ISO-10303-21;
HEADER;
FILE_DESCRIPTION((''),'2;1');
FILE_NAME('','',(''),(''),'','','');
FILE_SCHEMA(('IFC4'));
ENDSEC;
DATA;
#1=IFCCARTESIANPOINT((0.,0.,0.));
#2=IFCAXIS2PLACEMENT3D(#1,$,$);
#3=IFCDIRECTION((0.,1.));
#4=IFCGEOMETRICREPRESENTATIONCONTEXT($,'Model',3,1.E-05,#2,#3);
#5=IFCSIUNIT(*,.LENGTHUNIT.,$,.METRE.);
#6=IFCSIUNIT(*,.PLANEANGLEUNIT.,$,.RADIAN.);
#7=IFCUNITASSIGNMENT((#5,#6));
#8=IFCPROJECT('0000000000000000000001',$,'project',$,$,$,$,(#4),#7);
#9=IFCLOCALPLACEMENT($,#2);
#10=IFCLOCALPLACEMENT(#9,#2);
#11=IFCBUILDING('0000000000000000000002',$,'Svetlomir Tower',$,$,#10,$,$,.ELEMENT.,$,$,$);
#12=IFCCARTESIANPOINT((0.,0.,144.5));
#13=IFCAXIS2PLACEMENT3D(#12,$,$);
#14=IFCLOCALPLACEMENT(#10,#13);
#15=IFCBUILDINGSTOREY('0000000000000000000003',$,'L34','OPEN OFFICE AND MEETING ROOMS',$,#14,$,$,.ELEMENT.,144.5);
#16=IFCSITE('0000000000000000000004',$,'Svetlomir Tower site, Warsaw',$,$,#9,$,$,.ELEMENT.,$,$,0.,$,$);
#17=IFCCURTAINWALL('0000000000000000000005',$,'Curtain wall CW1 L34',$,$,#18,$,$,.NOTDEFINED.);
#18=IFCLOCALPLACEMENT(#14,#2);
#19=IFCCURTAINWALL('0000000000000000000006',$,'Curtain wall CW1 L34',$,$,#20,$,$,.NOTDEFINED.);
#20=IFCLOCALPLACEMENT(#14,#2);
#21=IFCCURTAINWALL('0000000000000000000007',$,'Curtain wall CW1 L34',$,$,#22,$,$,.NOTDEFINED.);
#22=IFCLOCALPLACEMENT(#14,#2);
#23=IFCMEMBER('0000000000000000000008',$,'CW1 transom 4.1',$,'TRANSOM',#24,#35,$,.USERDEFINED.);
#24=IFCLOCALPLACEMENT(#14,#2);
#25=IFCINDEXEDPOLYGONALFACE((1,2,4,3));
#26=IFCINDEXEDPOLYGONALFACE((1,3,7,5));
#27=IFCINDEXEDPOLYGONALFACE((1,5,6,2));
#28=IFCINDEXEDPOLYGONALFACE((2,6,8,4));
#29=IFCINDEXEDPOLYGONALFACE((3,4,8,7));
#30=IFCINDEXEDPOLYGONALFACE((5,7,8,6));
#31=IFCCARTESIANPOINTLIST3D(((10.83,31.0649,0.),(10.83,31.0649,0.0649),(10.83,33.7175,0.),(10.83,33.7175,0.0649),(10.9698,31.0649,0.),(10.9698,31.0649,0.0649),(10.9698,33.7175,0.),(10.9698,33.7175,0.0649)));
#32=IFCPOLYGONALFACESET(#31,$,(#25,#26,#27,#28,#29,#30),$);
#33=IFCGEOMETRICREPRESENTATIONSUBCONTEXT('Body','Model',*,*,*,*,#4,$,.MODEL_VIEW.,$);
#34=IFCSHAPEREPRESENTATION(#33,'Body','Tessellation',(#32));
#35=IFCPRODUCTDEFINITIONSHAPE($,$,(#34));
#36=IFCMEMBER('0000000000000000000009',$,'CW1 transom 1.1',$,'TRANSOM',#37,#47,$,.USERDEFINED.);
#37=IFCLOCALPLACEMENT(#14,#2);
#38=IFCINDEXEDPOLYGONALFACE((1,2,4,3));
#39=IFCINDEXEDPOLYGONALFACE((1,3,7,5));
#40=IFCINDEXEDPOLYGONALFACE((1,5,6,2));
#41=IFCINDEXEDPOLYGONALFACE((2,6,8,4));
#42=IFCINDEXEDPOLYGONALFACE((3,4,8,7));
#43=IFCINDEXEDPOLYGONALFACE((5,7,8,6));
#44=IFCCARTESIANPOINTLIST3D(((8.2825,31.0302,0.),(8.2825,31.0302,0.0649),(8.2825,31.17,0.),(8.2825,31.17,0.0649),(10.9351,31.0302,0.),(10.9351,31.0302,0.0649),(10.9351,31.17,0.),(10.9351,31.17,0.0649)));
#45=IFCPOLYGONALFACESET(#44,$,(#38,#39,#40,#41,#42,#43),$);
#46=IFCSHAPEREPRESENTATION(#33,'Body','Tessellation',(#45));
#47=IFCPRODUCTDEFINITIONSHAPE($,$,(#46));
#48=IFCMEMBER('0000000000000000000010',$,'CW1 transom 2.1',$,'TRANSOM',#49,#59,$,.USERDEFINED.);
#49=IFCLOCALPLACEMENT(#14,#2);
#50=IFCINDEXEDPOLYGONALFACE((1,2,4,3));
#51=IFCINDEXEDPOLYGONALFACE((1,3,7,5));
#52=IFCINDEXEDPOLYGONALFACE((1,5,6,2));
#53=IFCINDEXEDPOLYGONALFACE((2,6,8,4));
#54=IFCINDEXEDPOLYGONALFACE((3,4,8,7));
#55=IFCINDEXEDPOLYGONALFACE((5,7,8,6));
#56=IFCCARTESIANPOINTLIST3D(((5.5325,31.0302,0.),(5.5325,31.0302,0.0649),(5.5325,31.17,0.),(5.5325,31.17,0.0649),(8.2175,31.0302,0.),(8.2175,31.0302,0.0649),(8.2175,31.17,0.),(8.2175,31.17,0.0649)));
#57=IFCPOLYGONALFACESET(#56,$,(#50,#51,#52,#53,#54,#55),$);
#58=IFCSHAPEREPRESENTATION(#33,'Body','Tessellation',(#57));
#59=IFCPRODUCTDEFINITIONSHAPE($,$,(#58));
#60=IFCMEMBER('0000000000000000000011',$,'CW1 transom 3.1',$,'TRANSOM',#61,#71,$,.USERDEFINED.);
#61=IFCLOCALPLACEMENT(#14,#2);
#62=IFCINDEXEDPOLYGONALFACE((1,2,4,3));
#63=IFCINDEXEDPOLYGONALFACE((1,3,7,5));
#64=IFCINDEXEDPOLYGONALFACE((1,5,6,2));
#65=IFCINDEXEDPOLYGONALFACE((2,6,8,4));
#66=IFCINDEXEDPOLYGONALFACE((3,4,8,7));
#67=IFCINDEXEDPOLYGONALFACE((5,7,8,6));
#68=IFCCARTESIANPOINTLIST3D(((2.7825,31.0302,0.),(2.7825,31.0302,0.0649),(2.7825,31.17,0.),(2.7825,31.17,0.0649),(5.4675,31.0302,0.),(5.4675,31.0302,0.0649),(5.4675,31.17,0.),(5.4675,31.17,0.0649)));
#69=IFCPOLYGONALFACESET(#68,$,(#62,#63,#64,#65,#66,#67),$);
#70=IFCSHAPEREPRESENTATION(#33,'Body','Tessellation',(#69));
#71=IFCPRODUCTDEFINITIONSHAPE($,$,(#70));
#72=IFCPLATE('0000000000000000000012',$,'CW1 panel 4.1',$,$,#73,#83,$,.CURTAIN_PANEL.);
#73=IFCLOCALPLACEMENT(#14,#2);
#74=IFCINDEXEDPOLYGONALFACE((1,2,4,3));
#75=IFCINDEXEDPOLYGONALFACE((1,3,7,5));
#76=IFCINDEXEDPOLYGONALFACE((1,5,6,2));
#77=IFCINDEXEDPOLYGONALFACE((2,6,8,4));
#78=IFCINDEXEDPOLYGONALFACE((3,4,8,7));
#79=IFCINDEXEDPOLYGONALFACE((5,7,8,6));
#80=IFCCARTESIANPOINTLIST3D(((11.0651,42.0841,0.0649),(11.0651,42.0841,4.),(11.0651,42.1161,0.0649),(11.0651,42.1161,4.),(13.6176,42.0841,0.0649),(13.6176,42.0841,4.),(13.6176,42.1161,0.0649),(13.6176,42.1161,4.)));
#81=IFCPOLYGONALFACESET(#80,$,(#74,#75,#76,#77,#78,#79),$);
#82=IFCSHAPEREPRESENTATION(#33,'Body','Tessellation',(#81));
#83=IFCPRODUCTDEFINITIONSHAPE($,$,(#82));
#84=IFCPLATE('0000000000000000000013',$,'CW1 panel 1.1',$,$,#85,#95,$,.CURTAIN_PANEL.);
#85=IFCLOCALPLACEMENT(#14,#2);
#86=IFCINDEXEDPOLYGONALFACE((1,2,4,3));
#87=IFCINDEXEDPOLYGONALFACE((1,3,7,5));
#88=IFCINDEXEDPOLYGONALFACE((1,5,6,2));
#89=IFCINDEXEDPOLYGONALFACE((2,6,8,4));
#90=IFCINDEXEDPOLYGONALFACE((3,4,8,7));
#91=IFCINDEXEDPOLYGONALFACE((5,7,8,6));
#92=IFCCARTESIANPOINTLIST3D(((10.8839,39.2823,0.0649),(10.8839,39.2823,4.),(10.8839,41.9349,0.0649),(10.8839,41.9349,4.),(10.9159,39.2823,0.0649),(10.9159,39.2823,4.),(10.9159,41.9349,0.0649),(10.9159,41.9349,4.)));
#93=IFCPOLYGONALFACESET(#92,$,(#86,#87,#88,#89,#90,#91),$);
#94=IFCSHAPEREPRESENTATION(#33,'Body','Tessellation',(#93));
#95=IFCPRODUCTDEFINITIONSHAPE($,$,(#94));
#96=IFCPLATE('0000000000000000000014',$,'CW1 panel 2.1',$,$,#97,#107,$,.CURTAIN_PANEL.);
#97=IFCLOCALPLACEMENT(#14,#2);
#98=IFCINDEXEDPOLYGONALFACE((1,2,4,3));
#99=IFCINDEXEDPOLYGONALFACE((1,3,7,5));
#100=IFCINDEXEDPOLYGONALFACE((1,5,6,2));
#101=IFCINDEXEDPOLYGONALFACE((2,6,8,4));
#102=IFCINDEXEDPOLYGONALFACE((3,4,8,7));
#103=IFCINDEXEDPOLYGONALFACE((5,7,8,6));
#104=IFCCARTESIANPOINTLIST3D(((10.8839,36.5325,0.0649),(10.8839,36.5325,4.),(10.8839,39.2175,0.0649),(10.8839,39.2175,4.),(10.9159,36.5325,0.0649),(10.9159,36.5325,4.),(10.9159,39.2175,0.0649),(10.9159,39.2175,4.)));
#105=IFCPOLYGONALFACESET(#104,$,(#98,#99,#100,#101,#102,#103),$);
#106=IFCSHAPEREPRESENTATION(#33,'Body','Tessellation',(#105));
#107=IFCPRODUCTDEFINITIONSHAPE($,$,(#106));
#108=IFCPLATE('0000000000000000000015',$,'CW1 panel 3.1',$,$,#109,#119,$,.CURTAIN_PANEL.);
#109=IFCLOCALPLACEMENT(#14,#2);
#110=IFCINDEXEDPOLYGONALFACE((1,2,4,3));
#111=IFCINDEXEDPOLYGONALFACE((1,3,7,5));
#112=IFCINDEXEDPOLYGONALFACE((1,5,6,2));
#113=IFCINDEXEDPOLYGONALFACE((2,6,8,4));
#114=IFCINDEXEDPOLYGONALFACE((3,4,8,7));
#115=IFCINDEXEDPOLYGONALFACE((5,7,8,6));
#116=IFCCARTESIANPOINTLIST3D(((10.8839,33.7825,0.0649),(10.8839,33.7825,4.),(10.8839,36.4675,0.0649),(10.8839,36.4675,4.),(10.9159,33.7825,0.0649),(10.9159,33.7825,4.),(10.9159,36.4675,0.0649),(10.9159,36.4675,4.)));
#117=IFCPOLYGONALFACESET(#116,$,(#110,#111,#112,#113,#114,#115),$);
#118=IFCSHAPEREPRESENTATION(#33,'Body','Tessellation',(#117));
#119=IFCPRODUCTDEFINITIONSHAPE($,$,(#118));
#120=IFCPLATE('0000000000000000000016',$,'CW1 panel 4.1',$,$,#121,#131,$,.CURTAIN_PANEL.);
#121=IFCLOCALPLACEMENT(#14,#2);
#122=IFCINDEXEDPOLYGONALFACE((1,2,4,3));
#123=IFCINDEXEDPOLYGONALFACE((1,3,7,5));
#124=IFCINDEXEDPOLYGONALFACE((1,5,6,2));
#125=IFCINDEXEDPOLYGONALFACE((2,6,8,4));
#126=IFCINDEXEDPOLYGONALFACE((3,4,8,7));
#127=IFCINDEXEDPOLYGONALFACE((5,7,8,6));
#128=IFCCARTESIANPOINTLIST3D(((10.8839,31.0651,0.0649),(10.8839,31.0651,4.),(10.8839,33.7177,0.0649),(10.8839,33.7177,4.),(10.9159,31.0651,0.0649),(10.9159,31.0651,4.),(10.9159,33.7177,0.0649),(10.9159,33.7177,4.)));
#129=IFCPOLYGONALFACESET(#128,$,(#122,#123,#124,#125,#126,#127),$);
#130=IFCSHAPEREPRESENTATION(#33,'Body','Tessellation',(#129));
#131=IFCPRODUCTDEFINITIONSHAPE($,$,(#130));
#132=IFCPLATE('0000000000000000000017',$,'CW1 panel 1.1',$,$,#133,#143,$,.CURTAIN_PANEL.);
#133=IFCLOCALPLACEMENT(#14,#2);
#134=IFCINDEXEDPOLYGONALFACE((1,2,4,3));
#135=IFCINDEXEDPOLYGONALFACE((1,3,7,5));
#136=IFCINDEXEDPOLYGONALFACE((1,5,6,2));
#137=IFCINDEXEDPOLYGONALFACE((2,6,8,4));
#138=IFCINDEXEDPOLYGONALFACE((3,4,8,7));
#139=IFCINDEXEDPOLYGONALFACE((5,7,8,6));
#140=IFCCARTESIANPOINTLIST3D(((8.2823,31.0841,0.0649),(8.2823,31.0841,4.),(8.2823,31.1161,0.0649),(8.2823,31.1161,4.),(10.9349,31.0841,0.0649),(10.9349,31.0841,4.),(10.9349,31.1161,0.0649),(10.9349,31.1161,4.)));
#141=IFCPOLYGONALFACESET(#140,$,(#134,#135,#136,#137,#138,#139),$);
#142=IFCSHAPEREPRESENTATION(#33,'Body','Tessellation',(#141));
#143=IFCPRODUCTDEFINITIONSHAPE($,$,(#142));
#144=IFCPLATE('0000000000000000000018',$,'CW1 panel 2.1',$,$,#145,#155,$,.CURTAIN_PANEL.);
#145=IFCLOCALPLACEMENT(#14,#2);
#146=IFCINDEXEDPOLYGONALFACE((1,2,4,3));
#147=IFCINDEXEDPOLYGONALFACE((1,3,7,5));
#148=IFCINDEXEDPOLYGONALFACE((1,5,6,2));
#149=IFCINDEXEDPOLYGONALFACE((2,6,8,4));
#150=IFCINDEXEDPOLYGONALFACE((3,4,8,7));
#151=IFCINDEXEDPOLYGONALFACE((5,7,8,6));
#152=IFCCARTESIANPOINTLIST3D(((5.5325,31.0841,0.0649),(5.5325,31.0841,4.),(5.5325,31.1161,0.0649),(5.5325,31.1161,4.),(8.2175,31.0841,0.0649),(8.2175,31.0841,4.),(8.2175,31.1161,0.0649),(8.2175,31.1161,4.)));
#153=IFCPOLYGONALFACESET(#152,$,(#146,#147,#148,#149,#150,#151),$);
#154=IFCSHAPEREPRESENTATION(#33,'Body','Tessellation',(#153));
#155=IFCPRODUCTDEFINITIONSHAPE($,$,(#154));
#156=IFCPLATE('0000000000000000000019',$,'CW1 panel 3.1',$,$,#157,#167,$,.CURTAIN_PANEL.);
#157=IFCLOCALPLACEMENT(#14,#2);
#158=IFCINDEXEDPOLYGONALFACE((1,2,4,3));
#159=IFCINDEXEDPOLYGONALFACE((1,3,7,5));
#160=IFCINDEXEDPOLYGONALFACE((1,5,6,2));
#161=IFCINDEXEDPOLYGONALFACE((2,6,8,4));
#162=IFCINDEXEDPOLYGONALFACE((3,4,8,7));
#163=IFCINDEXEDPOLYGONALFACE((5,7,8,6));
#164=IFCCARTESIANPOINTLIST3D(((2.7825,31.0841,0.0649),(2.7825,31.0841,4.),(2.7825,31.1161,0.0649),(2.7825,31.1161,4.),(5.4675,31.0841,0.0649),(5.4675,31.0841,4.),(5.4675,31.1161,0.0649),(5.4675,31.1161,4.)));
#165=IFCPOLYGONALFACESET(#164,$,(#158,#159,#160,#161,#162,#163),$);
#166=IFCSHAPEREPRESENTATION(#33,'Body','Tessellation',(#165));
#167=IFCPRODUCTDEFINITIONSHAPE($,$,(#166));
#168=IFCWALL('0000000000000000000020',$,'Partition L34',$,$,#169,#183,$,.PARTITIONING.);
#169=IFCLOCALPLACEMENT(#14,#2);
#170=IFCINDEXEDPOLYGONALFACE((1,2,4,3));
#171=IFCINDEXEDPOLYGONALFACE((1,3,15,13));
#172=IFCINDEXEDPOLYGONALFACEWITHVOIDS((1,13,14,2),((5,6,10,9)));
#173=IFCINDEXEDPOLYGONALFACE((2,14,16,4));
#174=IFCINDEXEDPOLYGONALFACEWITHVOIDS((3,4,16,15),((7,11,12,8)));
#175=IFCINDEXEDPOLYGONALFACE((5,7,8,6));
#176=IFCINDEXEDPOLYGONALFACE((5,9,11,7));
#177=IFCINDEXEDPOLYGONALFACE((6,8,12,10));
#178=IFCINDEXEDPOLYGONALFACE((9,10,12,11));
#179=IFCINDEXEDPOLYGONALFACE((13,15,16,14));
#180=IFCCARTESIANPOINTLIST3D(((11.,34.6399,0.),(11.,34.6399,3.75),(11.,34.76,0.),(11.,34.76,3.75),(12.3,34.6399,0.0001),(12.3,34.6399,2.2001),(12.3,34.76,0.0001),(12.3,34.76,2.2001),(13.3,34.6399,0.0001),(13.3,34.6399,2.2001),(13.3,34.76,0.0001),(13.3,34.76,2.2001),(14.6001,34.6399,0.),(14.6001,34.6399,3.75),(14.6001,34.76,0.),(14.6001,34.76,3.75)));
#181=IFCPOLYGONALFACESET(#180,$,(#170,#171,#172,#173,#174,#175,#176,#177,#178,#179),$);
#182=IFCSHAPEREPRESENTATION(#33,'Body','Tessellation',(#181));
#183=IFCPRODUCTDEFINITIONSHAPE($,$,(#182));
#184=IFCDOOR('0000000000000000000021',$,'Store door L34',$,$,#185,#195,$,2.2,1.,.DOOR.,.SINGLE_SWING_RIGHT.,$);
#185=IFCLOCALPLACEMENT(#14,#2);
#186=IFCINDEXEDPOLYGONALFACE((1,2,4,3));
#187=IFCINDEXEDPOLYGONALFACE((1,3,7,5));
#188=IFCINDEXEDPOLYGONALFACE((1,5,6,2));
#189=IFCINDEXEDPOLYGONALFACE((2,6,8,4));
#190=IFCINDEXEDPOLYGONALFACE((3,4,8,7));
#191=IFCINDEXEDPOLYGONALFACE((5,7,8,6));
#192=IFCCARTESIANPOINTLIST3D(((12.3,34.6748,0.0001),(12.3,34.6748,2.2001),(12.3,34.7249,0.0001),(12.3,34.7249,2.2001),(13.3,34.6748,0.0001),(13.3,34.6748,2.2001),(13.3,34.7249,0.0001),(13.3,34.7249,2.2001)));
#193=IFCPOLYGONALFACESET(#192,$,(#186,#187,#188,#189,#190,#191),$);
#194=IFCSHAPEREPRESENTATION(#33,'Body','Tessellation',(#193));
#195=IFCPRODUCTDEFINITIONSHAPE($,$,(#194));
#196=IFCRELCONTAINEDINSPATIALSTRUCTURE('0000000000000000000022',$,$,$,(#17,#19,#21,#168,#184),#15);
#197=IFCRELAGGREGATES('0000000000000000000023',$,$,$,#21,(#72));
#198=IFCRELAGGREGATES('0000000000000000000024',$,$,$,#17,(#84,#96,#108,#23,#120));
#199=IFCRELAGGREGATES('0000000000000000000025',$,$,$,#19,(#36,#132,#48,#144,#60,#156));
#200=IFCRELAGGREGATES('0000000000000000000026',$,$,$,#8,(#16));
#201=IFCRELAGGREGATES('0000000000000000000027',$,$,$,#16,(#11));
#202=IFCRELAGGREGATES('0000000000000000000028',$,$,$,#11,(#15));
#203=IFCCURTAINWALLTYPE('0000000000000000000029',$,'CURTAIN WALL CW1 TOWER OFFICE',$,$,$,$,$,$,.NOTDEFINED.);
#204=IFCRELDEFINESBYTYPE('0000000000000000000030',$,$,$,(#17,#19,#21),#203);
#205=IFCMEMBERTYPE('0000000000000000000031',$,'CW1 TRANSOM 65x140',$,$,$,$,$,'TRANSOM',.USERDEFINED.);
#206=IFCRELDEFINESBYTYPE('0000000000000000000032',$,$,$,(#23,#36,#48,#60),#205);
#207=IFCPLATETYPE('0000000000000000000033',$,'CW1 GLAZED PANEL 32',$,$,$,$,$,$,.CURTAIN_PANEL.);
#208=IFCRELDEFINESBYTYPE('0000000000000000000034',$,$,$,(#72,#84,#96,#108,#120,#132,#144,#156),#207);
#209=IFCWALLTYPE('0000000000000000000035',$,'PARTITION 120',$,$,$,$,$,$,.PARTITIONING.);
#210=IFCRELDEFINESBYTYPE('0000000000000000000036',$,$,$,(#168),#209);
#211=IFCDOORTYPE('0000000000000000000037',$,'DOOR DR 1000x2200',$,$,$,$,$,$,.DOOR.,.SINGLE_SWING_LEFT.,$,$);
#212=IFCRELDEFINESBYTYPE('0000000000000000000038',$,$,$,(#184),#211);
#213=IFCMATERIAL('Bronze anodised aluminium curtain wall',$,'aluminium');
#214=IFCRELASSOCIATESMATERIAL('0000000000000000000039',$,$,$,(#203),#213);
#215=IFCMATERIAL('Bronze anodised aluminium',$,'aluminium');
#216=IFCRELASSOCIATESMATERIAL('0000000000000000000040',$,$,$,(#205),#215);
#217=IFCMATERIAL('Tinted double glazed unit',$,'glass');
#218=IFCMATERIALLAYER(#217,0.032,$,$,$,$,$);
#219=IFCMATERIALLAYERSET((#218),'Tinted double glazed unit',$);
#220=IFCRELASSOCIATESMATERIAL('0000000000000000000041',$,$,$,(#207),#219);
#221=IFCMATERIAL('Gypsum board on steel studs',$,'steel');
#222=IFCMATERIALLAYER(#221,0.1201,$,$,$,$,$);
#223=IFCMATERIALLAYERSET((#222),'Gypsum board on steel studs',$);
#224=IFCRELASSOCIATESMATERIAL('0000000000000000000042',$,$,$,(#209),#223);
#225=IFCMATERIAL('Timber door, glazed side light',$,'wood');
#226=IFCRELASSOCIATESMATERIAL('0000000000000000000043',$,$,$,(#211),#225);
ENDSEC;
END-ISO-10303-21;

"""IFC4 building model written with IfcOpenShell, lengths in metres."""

from ifc_helpers import new_model, si_unit, direction, frame, frame_2d, origin, origin_2d, place, context, subcontext, project, spatial, rectangle, extrude, material, layer, layer_set, material_profile, profile_set, type_object, element, fill, aggregate, save


model = new_model("IFC4")

# Units and contexts
model_context = context("Model", 3, precision=1e-05, world=origin(), true_north=direction((0.0, 1.0)))
body_context = subcontext(model_context, "Body", "Model", "MODEL_VIEW")
ifc_project = project(units=[si_unit("LENGTHUNIT", "METRE"), si_unit("PLANEANGLEUNIT", "RADIAN")], contexts=[model_context])

# Site, building, storey
site_placement = place(None, origin())
site = spatial("IfcSite", under=ifc_project, at=site_placement, Name="Svetlomir Tower site, Warsaw", CompositionType="ELEMENT", RefElevation=0.0)
building_placement = place(site_placement, origin())
building = spatial("IfcBuilding", under=site, at=building_placement, Name="Svetlomir Tower", CompositionType="ELEMENT")
storey_placement = place(building_placement, frame((0.0, 0.0, 144.5)))
storey = spatial("IfcBuildingStorey", under=building, at=storey_placement, Name="L34", Description="OPEN OFFICE AND MEETING ROOMS", CompositionType="ELEMENT", Elevation=144.5)

# Curtain walls
ifc_material_1 = material(Name="Bronze anodised aluminium curtain wall", Category="aluminium")
curtain_wall_type = type_object("IfcCurtainWallType", Name="CURTAIN WALL CW1 TOWER OFFICE", PredefinedType="NOTDEFINED", material=ifc_material_1)
curtain_wall_1_placement = place(storey_placement, origin())
curtain_wall_1 = element("IfcCurtainWall", 1, at=curtain_wall_1_placement, inside=storey, type_object=curtain_wall_type, Name="Curtain wall CW1 L34", PredefinedType="NOTDEFINED")
curtain_wall_2_placement = place(storey_placement, origin())
curtain_wall_2 = element("IfcCurtainWall", 2, at=curtain_wall_2_placement, inside=storey, type_object=curtain_wall_type, Name="Curtain wall CW1 L34", PredefinedType="NOTDEFINED")
curtain_wall_3_placement = place(storey_placement, origin())
curtain_wall_3 = element("IfcCurtainWall", 3, at=curtain_wall_3_placement, inside=storey, type_object=curtain_wall_type, Name="Curtain wall CW1 L34", PredefinedType="NOTDEFINED")

# Members
ifc_material_2 = material(Name="Bronze anodised aluminium", Category="aluminium")
ifc_material_profile_1 = material_profile(ifc_material_2, rectangle(XDim=0.1399, YDim=0.0649, at=origin_2d()), Name="AL 140x65")
ifc_profile_set_1 = profile_set([ifc_material_profile_1], Name="Bronze anodised aluminium 6063-T6")
member_type_1 = type_object("IfcMemberType", Name="CW1 TRANSOM 65x140", ElementType="TRANSOM", PredefinedType="USERDEFINED", material=ifc_profile_set_1)
member_1_placement = place(storey_placement, frame((10.8999, 33.7175, 0.0325), z_axis=(0.0, -1.0, 0.0), x_axis=(1.0, 0.0, 0.0)))
member_1 = element("IfcMember", 4, at=member_1_placement, type_object=member_type_1, Name="CW1 transom 4.1", ObjectType="TRANSOM", PredefinedType="USERDEFINED", context=body_context, shape_type="SweptSolid", body=[
    extrude(rectangle(XDim=0.1399, YDim=0.0649, at=origin_2d()), origin(), (0.0, 0.0, 1.0), 2.6526),
])
member_2_placement = place(storey_placement, frame((10.9351, 31.1001, 0.0325), z_axis=(-1.0, 0.0, 0.0), x_axis=(0.0, -1.0, 0.0)))
member_2 = element("IfcMember", 5, at=member_2_placement, type_object=member_type_1, Name="CW1 transom 1.1", ObjectType="TRANSOM", PredefinedType="USERDEFINED", context=body_context, shape_type="SweptSolid", body=[
    extrude(rectangle(XDim=0.1399, YDim=0.0649, at=origin_2d()), origin(), (0.0, 0.0, 1.0), 2.6526),
])
member_3_placement = place(storey_placement, frame((8.2175, 31.1001, 0.0325), z_axis=(-1.0, 0.0, 0.0), x_axis=(0.0, -1.0, 0.0)))
member_3 = element("IfcMember", 6, at=member_3_placement, type_object=member_type_1, Name="CW1 transom 2.1", ObjectType="TRANSOM", PredefinedType="USERDEFINED", context=body_context, shape_type="SweptSolid", body=[
    extrude(rectangle(XDim=0.1399, YDim=0.0649, at=origin_2d()), origin(), (0.0, 0.0, 1.0), 2.6851),
])
member_4_placement = place(storey_placement, frame((5.4675, 31.1001, 0.0325), z_axis=(-1.0, 0.0, 0.0), x_axis=(0.0, -1.0, 0.0)))
member_4 = element("IfcMember", 7, at=member_4_placement, type_object=member_type_1, Name="CW1 transom 3.1", ObjectType="TRANSOM", PredefinedType="USERDEFINED", context=body_context, shape_type="SweptSolid", body=[
    extrude(rectangle(XDim=0.1399, YDim=0.0649, at=origin_2d()), origin(), (0.0, 0.0, 1.0), 2.6851),
])

# Plates
ifc_material_3 = material(Name="Tinted double glazed unit", Category="glass")
ifc_layer_1 = layer(ifc_material_3, 0.032)
ifc_layer_set_1 = layer_set([ifc_layer_1], Name="Tinted double glazed unit")
plate_type = type_object("IfcPlateType", Name="CW1 GLAZED PANEL 32", PredefinedType="CURTAIN_PANEL", material=ifc_layer_set_1)
plate_1_placement = place(storey_placement, frame((12.3413, 42.1001, 0.0649), z_axis=(0.0, 0.0, 1.0), x_axis=(-1.0, 0.0, 0.0)))
plate_1 = element("IfcPlate", 8, at=plate_1_placement, type_object=plate_type, Name="CW1 panel 4.1", PredefinedType="CURTAIN_PANEL", context=body_context, shape_type="SweptSolid", body=[
    extrude(rectangle(XDim=2.5525, YDim=0.032, at=origin_2d()), origin(), (0.0, 0.0, 1.0), 3.9351),
])
aggregate(curtain_wall_3, [plate_1])
plate_2_placement = place(storey_placement, frame((10.8999, 40.6086, 0.0649), z_axis=(0.0, 0.0, 1.0), x_axis=(0.0, -1.0, 0.0)))
plate_2 = element("IfcPlate", 9, at=plate_2_placement, type_object=plate_type, Name="CW1 panel 1.1", PredefinedType="CURTAIN_PANEL", context=body_context, shape_type="SweptSolid", body=[
    extrude(rectangle(XDim=2.6526, YDim=0.032, at=origin_2d()), origin(), (0.0, 0.0, 1.0), 3.9351),
])
plate_3_placement = place(storey_placement, frame((10.8999, 37.875, 0.0649), z_axis=(0.0, 0.0, 1.0), x_axis=(0.0, -1.0, 0.0)))
plate_3 = element("IfcPlate", 10, at=plate_3_placement, type_object=plate_type, Name="CW1 panel 2.1", PredefinedType="CURTAIN_PANEL", context=body_context, shape_type="SweptSolid", body=[
    extrude(rectangle(XDim=2.6851, YDim=0.032, at=origin_2d()), origin(), (0.0, 0.0, 1.0), 3.9351),
])
plate_4_placement = place(storey_placement, frame((10.8999, 35.125, 0.0649), z_axis=(0.0, 0.0, 1.0), x_axis=(0.0, -1.0, 0.0)))
plate_4 = element("IfcPlate", 11, at=plate_4_placement, type_object=plate_type, Name="CW1 panel 3.1", PredefinedType="CURTAIN_PANEL", context=body_context, shape_type="SweptSolid", body=[
    extrude(rectangle(XDim=2.6851, YDim=0.032, at=origin_2d()), origin(), (0.0, 0.0, 1.0), 3.9351),
])
plate_5_placement = place(storey_placement, frame((10.8999, 32.3914, 0.0649), z_axis=(0.0, 0.0, 1.0), x_axis=(0.0, -1.0, 0.0)))
plate_5 = element("IfcPlate", 12, at=plate_5_placement, type_object=plate_type, Name="CW1 panel 4.1", PredefinedType="CURTAIN_PANEL", context=body_context, shape_type="SweptSolid", body=[
    extrude(rectangle(XDim=2.6526, YDim=0.032, at=origin_2d()), origin(), (0.0, 0.0, 1.0), 3.9351),
])
aggregate(curtain_wall_1, [plate_2, plate_3, plate_4, member_1, plate_5])
plate_6_placement = place(storey_placement, frame((9.6086, 31.1001, 0.0649), z_axis=(0.0, 0.0, 1.0), x_axis=(-1.0, 0.0, 0.0)))
plate_6 = element("IfcPlate", 13, at=plate_6_placement, type_object=plate_type, Name="CW1 panel 1.1", PredefinedType="CURTAIN_PANEL", context=body_context, shape_type="SweptSolid", body=[
    extrude(rectangle(XDim=2.6526, YDim=0.032, at=origin_2d()), origin(), (0.0, 0.0, 1.0), 3.9351),
])
plate_7_placement = place(storey_placement, frame((6.875, 31.1001, 0.0649), z_axis=(0.0, 0.0, 1.0), x_axis=(-1.0, 0.0, 0.0)))
plate_7 = element("IfcPlate", 14, at=plate_7_placement, type_object=plate_type, Name="CW1 panel 2.1", PredefinedType="CURTAIN_PANEL", context=body_context, shape_type="SweptSolid", body=[
    extrude(rectangle(XDim=2.6851, YDim=0.032, at=origin_2d()), origin(), (0.0, 0.0, 1.0), 3.9351),
])
plate_8_placement = place(storey_placement, frame((4.125, 31.1001, 0.0649), z_axis=(0.0, 0.0, 1.0), x_axis=(-1.0, 0.0, 0.0)))
plate_8 = element("IfcPlate", 15, at=plate_8_placement, type_object=plate_type, Name="CW1 panel 3.1", PredefinedType="CURTAIN_PANEL", context=body_context, shape_type="SweptSolid", body=[
    extrude(rectangle(XDim=2.6851, YDim=0.032, at=origin_2d()), origin(), (0.0, 0.0, 1.0), 3.9351),
])
aggregate(curtain_wall_2, [member_2, plate_6, member_3, plate_7, member_4, plate_8])

# Wall, opening, door
ifc_material_4 = material(Name="Gypsum board on steel studs", Category="steel")
ifc_layer_2 = layer(ifc_material_4, 0.1201)
ifc_layer_set_2 = layer_set([ifc_layer_2], Name="Gypsum board on steel studs")
wall_type = type_object("IfcWallType", Name="PARTITION 120", PredefinedType="PARTITIONING", material=ifc_layer_set_2)
wall_placement = place(storey_placement, frame((11.0, 34.7, 0.0), z_axis=(0.0, 0.0, 1.0), x_axis=(1.0, 0.0, 0.0)))
wall = element("IfcWall", 16, at=wall_placement, inside=storey, type_object=wall_type, Name="Partition L34", PredefinedType="PARTITIONING", context=body_context, shape_type="SweptSolid", body=[
    extrude(rectangle(XDim=3.6001, YDim=0.1201, at=frame_2d((1.8, 0.0))), origin(), (0.0, 0.0, 1.0), 3.75),
])
opening_placement = place(wall_placement, frame((1.3, 0.0, 0.0)))
opening = element("IfcOpeningElement", 17, at=opening_placement, cuts=wall, PredefinedType="OPENING", context=body_context, shape_type="SweptSolid", body=[
    extrude(rectangle(XDim=1.0, YDim=2.2, at=frame_2d((0.5, 1.1001))), frame((0.0, 0.0701, 0.0), z_axis=(0.0, -1.0, 0.0), x_axis=(1.0, 0.0, 0.0)), (0.0, 0.0, 1.0), 0.1401),
])
ifc_material_5 = material(Name="Timber door, glazed side light", Category="wood")
door_type = type_object("IfcDoorType", Name="DOOR DR 1000x2200", OperationType="SINGLE_SWING_LEFT", PredefinedType="DOOR", material=ifc_material_5)
door_placement = place(opening_placement, origin())
door = element("IfcDoor", 18, at=door_placement, inside=storey, type_object=door_type, Name="Store door L34", OperationType="SINGLE_SWING_RIGHT", OverallHeight=2.2, OverallWidth=1.0, PredefinedType="DOOR", context=body_context, shape_type="SweptSolid", body=[
    extrude(rectangle(XDim=1.0, YDim=2.2, at=frame_2d((0.5, 1.1001))), frame((0.0, 0.0249, 0.0), z_axis=(0.0, -1.0, 0.0), x_axis=(1.0, 0.0, 0.0)), (0.0, 0.0, 1.0), 0.05),
])
fill(opening, door)

save(model, "model.ifc")
